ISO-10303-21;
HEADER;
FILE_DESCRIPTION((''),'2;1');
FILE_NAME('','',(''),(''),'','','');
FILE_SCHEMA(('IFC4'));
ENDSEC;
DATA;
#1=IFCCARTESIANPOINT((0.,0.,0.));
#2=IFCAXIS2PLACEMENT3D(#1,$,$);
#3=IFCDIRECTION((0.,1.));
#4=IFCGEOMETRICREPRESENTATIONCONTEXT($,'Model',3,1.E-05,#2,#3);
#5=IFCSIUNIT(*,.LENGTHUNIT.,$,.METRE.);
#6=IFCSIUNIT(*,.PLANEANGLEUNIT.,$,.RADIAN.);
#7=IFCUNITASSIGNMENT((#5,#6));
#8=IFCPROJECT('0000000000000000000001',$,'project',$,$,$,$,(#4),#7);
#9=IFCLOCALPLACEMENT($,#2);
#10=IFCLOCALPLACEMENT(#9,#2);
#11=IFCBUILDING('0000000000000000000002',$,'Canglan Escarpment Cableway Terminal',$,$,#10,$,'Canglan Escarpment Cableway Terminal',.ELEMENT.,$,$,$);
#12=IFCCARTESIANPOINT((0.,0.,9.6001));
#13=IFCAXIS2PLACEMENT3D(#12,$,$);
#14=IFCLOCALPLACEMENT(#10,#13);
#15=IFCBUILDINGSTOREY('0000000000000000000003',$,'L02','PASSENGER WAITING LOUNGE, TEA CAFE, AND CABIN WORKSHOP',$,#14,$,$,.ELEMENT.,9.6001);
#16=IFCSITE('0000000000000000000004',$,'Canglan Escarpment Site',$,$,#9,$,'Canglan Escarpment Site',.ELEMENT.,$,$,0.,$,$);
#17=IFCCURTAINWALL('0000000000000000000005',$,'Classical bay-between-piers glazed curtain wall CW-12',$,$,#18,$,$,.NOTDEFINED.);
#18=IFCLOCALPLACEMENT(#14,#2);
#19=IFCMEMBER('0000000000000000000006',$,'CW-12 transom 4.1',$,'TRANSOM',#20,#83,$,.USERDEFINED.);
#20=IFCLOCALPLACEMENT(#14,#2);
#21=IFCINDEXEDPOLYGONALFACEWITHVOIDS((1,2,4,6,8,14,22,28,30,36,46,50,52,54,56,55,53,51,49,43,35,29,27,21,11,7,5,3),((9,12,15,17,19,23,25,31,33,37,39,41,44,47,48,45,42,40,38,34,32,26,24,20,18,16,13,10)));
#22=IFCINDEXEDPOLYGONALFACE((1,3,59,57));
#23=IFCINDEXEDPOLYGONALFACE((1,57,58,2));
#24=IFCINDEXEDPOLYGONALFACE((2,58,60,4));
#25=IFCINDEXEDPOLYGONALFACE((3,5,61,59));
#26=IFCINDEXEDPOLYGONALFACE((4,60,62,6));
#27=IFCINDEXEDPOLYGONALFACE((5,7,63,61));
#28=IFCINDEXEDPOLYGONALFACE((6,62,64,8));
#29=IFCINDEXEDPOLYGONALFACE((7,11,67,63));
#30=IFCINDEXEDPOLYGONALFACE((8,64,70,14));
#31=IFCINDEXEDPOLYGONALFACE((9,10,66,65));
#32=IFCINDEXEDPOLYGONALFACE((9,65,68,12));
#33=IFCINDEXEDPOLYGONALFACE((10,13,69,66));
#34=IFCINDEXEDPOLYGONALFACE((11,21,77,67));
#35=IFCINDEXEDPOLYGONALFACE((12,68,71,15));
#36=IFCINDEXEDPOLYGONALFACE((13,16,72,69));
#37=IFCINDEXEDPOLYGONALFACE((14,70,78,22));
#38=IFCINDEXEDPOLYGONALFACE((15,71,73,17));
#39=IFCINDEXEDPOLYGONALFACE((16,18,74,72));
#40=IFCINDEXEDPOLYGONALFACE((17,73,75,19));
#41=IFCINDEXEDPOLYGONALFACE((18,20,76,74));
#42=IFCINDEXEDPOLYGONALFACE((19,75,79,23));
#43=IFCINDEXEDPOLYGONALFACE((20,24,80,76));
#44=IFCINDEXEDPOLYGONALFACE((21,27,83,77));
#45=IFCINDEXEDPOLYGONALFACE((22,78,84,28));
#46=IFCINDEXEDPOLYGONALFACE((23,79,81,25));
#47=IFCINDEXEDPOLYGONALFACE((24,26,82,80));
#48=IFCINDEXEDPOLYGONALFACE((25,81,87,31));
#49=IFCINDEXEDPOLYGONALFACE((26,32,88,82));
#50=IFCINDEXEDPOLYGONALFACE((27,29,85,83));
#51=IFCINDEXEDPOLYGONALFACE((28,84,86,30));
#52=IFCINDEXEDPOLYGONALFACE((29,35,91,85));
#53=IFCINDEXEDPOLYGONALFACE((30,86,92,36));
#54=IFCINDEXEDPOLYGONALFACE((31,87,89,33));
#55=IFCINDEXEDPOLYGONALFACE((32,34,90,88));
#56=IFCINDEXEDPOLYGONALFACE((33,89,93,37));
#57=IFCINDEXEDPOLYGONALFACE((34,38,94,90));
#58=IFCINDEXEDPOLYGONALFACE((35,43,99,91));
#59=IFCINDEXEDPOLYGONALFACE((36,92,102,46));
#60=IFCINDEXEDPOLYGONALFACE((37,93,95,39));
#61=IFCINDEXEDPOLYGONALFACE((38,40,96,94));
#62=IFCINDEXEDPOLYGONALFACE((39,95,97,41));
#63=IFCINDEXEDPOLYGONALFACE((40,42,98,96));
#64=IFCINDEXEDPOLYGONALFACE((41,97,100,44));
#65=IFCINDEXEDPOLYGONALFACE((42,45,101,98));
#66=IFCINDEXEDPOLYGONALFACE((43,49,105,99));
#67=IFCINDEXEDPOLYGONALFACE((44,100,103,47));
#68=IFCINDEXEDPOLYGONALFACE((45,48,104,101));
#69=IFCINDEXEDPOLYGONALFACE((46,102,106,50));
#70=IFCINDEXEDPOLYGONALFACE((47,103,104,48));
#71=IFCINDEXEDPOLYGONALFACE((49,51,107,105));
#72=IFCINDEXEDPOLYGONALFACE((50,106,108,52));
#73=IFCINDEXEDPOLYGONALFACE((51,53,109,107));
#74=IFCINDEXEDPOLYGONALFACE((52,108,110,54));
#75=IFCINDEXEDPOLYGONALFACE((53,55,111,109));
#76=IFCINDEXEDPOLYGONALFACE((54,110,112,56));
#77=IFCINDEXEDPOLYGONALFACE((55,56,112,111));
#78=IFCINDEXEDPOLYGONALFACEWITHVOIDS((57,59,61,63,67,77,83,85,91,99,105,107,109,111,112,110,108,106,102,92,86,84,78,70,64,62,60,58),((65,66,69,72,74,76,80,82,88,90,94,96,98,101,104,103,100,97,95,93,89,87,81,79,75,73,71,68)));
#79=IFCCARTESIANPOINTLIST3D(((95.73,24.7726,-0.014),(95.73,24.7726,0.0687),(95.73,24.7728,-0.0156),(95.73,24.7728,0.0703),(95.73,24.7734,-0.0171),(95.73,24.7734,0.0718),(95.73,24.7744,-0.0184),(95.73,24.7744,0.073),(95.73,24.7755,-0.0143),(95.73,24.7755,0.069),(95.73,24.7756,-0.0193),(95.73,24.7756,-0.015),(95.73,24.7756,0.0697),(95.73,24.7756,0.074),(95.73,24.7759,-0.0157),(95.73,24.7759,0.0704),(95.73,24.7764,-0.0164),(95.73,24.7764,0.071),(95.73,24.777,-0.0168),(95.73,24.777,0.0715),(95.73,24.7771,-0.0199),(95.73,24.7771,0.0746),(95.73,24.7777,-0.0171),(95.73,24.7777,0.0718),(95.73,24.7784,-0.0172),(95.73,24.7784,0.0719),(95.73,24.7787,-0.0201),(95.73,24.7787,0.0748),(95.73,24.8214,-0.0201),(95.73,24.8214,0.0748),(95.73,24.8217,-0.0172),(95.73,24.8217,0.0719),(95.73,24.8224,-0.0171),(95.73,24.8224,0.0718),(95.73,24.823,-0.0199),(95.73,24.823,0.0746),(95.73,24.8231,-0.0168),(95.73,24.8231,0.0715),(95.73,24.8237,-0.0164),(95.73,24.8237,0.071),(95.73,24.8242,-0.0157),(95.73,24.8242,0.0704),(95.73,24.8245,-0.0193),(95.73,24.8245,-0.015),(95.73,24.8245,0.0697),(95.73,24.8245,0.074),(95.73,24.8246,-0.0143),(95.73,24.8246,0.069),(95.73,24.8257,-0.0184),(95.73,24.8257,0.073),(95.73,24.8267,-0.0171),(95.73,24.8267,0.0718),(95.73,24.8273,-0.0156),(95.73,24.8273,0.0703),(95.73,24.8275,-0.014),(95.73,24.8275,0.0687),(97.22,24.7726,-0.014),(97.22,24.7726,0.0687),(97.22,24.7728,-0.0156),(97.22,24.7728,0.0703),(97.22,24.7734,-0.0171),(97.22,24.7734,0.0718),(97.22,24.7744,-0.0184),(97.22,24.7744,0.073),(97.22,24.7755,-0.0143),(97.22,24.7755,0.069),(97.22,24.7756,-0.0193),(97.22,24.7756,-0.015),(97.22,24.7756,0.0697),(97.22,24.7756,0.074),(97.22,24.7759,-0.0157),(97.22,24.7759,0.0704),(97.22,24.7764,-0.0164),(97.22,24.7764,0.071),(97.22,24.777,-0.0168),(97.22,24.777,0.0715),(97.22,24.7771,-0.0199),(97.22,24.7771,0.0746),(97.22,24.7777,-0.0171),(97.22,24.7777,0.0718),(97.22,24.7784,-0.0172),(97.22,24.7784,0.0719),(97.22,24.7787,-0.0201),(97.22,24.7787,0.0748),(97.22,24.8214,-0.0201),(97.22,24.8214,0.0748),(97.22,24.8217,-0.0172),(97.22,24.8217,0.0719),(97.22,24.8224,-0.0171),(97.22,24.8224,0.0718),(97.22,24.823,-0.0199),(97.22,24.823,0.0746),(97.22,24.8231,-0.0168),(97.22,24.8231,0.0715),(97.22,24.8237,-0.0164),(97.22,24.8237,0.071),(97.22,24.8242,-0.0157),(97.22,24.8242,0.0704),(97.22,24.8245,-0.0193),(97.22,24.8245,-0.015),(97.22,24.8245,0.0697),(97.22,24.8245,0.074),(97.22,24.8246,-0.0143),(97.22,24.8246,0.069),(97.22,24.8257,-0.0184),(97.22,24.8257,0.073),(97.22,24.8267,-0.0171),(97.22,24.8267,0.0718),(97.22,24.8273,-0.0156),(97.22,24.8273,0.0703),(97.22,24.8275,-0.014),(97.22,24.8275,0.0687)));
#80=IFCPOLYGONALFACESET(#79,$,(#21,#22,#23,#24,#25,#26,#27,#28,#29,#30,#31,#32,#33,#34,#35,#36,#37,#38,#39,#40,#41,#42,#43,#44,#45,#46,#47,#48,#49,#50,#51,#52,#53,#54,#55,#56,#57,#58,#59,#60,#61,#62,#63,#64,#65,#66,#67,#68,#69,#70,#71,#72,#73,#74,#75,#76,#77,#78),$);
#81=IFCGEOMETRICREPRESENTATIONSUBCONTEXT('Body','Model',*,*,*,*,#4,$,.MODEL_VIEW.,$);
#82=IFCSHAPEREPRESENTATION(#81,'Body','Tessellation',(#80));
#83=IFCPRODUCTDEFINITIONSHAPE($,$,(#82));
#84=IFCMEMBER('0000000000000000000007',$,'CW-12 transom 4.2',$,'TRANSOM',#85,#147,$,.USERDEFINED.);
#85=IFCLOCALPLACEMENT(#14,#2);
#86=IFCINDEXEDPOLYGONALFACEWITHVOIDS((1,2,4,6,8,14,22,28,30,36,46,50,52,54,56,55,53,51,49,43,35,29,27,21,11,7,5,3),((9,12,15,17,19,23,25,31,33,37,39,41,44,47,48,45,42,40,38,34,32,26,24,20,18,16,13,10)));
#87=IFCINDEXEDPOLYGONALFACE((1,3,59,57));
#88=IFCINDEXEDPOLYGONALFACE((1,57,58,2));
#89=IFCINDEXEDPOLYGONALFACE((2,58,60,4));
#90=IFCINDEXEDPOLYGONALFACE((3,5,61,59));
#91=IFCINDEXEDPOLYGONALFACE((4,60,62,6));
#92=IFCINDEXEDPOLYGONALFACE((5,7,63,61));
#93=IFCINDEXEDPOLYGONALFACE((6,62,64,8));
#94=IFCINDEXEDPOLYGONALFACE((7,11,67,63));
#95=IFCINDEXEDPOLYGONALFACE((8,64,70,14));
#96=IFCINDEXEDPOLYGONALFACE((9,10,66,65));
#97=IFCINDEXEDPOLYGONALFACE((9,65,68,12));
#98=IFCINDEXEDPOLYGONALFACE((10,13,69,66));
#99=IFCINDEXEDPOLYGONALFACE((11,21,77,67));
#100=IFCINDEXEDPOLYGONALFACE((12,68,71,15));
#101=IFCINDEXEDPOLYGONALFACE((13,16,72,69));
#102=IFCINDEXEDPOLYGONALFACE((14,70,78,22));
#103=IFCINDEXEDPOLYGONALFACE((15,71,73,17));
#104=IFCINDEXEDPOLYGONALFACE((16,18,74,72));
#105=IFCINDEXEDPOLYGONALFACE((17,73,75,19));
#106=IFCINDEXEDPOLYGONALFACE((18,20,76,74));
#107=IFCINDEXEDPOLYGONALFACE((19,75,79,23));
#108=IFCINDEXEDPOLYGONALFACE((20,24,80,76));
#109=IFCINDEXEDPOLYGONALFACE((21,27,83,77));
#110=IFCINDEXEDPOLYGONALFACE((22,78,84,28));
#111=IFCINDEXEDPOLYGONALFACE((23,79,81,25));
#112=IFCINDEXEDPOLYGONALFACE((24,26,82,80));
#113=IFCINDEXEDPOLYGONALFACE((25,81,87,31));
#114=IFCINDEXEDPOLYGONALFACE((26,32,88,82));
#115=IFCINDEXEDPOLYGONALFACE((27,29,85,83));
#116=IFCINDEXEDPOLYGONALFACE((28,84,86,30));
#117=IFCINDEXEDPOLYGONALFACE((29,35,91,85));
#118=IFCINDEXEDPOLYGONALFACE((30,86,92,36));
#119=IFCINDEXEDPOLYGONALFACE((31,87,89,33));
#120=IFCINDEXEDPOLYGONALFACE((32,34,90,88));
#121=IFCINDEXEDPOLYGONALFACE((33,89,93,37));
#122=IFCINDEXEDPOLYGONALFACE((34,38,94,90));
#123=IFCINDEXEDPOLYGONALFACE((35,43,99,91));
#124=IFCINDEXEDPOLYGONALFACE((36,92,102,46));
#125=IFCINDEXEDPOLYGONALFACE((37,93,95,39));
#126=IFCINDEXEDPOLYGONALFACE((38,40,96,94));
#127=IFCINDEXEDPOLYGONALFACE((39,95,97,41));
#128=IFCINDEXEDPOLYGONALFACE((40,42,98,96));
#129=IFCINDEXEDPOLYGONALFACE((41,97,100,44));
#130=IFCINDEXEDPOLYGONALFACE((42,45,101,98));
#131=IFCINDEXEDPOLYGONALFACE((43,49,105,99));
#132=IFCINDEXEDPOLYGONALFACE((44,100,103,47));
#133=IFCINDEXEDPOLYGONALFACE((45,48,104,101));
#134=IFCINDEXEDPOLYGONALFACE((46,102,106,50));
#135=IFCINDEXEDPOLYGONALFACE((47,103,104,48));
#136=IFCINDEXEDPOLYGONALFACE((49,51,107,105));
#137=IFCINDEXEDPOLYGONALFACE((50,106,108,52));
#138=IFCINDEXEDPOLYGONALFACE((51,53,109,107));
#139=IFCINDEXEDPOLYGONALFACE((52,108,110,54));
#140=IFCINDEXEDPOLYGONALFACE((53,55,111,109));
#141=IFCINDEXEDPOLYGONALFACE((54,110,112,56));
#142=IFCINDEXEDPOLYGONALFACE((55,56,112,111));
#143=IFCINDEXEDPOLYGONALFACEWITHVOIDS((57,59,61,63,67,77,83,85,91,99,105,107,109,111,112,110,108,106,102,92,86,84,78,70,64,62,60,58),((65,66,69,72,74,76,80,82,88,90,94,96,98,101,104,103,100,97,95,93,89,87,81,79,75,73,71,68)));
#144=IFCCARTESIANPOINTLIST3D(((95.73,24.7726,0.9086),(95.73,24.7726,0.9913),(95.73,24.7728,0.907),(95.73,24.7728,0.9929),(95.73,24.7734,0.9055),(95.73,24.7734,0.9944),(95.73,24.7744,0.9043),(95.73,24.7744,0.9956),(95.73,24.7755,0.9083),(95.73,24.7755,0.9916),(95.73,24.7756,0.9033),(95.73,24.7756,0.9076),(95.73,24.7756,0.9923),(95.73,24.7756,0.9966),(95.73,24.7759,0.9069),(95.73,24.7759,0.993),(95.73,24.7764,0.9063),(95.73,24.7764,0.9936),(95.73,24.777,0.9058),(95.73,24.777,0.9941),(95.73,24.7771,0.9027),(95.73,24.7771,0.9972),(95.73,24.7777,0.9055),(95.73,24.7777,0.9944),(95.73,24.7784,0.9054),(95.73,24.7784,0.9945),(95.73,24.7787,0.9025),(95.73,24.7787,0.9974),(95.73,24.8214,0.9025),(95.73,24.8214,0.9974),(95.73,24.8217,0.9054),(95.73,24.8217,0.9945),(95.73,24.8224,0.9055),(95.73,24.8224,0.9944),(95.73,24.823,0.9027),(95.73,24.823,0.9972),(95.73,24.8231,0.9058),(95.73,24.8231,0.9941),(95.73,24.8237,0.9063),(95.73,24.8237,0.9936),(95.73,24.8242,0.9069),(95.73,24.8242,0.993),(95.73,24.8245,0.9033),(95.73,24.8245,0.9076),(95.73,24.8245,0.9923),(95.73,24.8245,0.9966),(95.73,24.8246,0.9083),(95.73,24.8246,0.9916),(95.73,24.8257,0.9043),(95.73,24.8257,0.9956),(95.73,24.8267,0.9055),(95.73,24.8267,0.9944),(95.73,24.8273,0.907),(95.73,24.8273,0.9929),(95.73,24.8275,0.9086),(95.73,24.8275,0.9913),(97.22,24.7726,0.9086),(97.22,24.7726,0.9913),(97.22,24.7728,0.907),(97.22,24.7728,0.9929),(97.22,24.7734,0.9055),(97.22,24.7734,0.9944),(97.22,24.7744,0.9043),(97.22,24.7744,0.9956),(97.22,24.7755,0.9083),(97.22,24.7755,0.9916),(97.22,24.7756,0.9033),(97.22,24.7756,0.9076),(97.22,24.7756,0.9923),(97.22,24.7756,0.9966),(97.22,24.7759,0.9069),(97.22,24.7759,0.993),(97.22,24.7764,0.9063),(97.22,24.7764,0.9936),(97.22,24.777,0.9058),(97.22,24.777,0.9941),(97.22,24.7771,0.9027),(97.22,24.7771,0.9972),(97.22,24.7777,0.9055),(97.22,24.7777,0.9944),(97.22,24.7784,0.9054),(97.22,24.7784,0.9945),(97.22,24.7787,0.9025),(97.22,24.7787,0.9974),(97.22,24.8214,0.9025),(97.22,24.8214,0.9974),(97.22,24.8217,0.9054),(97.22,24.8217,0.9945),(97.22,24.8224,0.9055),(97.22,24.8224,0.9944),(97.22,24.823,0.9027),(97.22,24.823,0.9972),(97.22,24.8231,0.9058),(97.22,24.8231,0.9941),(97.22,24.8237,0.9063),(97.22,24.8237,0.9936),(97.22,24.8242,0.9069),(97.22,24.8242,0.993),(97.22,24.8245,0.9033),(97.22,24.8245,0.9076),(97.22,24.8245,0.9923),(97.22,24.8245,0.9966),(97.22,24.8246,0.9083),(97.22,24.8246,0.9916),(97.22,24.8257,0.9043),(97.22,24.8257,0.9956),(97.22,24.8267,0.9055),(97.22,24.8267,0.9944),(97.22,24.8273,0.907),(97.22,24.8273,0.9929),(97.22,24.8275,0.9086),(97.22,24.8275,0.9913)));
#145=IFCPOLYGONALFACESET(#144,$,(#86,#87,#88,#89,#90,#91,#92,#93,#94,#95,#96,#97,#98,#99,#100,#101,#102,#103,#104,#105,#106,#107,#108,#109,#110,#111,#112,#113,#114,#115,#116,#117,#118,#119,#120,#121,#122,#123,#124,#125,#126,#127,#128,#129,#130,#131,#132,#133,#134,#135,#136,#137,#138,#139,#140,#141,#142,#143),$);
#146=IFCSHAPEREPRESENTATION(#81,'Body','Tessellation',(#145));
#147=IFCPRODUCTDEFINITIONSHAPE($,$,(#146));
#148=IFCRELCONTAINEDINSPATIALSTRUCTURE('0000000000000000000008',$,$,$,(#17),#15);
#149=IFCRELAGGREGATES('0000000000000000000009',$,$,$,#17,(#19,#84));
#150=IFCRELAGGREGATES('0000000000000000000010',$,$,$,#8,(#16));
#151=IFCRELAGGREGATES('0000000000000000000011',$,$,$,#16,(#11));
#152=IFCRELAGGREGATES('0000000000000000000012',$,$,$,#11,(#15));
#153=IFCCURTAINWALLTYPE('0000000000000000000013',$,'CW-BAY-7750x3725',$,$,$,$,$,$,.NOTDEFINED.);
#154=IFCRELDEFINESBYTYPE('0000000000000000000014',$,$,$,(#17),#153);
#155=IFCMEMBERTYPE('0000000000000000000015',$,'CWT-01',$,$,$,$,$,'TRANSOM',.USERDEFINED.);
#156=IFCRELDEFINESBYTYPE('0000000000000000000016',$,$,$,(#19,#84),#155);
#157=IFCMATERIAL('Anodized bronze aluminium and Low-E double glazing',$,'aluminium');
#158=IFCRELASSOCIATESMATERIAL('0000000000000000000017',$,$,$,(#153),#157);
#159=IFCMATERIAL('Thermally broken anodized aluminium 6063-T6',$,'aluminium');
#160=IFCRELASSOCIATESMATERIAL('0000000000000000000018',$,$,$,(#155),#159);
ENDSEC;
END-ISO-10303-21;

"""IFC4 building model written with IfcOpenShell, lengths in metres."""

from ifc_helpers import new_model, si_unit, direction, frame, origin, origin_2d, place, context, subcontext, project, spatial, hollow_rectangle, extrude, material, material_profile, profile_set, type_object, element, aggregate, save


model = new_model("IFC4")

# Units and contexts
model_context = context("Model", 3, precision=1e-05, world=origin(), true_north=direction((0.0, 1.0)))
body_context = subcontext(model_context, "Body", "Model", "MODEL_VIEW")
ifc_project = project(units=[si_unit("LENGTHUNIT", "METRE"), si_unit("PLANEANGLEUNIT", "RADIAN")], contexts=[model_context])

# Site, building, storey
site_placement = place(None, origin())
site = spatial("IfcSite", under=ifc_project, at=site_placement, Name="Canglan Escarpment Site", LongName="Canglan Escarpment Site", CompositionType="ELEMENT", RefElevation=0.0)
building_placement = place(site_placement, origin())
building = spatial("IfcBuilding", under=site, at=building_placement, Name="Canglan Escarpment Cableway Terminal", LongName="Canglan Escarpment Cableway Terminal", CompositionType="ELEMENT")
storey_placement = place(building_placement, frame((0.0, 0.0, 9.6001)))
storey = spatial("IfcBuildingStorey", under=building, at=storey_placement, Name="L02", Description="PASSENGER WAITING LOUNGE, TEA CAFE, AND CABIN WORKSHOP", CompositionType="ELEMENT", Elevation=9.6001)

# Curtain wall, members
ifc_material_1 = material(Name="Anodized bronze aluminium and Low-E double glazing", Category="aluminium")
curtain_wall_type = type_object("IfcCurtainWallType", Name="CW-BAY-7750x3725", PredefinedType="NOTDEFINED", material=ifc_material_1)
curtain_wall_placement = place(storey_placement, origin())
curtain_wall = element("IfcCurtainWall", 1, at=curtain_wall_placement, inside=storey, type_object=curtain_wall_type, Name="Classical bay-between-piers glazed curtain wall CW-12", PredefinedType="NOTDEFINED")
ifc_material_2 = material(Name="Thermally broken anodized aluminium 6063-T6", Category="aluminium")
ifc_material_profile_1 = material_profile(ifc_material_2, hollow_rectangle(XDim=0.0549, YDim=0.095, WallThickness=0.0029, InnerFilletRadius=0.0029, OuterFilletRadius=0.0061, at=origin_2d()), Name="ALU-TRAN 55x95x3")
ifc_profile_set_1 = profile_set([ifc_material_profile_1], Name="Thermally broken anodized aluminium 6063-T6")
member_type_1 = type_object("IfcMemberType", Name="CWT-01", ElementType="TRANSOM", PredefinedType="USERDEFINED", material=ifc_profile_set_1)
member_1_placement = place(storey_placement, frame((97.22, 24.8, 0.0273), z_axis=(-1.0, 0.0, 0.0), x_axis=(0.0, -1.0, 0.0)))
member_1 = element("IfcMember", 2, at=member_1_placement, type_object=member_type_1, Name="CW-12 transom 4.1", ObjectType="TRANSOM", PredefinedType="USERDEFINED", context=body_context, shape_type="SweptSolid", body=[
    extrude(hollow_rectangle(XDim=0.0549, YDim=0.095, WallThickness=0.0029, InnerFilletRadius=0.0029, OuterFilletRadius=0.0061, at=origin_2d()), origin(), (0.0, 0.0, 1.0), 1.49),
])
member_2_placement = place(storey_placement, frame((97.22, 24.8, 0.95), z_axis=(-1.0, 0.0, 0.0), x_axis=(0.0, -1.0, 0.0)))
member_2 = element("IfcMember", 3, at=member_2_placement, type_object=member_type_1, Name="CW-12 transom 4.2", ObjectType="TRANSOM", PredefinedType="USERDEFINED", context=body_context, shape_type="SweptSolid", body=[
    extrude(hollow_rectangle(XDim=0.0549, YDim=0.095, WallThickness=0.0029, InnerFilletRadius=0.0029, OuterFilletRadius=0.0061, at=origin_2d()), origin(), (0.0, 0.0, 1.0), 1.49),
])
aggregate(curtain_wall, [member_1, member_2])

save(model, "model.ifc")
